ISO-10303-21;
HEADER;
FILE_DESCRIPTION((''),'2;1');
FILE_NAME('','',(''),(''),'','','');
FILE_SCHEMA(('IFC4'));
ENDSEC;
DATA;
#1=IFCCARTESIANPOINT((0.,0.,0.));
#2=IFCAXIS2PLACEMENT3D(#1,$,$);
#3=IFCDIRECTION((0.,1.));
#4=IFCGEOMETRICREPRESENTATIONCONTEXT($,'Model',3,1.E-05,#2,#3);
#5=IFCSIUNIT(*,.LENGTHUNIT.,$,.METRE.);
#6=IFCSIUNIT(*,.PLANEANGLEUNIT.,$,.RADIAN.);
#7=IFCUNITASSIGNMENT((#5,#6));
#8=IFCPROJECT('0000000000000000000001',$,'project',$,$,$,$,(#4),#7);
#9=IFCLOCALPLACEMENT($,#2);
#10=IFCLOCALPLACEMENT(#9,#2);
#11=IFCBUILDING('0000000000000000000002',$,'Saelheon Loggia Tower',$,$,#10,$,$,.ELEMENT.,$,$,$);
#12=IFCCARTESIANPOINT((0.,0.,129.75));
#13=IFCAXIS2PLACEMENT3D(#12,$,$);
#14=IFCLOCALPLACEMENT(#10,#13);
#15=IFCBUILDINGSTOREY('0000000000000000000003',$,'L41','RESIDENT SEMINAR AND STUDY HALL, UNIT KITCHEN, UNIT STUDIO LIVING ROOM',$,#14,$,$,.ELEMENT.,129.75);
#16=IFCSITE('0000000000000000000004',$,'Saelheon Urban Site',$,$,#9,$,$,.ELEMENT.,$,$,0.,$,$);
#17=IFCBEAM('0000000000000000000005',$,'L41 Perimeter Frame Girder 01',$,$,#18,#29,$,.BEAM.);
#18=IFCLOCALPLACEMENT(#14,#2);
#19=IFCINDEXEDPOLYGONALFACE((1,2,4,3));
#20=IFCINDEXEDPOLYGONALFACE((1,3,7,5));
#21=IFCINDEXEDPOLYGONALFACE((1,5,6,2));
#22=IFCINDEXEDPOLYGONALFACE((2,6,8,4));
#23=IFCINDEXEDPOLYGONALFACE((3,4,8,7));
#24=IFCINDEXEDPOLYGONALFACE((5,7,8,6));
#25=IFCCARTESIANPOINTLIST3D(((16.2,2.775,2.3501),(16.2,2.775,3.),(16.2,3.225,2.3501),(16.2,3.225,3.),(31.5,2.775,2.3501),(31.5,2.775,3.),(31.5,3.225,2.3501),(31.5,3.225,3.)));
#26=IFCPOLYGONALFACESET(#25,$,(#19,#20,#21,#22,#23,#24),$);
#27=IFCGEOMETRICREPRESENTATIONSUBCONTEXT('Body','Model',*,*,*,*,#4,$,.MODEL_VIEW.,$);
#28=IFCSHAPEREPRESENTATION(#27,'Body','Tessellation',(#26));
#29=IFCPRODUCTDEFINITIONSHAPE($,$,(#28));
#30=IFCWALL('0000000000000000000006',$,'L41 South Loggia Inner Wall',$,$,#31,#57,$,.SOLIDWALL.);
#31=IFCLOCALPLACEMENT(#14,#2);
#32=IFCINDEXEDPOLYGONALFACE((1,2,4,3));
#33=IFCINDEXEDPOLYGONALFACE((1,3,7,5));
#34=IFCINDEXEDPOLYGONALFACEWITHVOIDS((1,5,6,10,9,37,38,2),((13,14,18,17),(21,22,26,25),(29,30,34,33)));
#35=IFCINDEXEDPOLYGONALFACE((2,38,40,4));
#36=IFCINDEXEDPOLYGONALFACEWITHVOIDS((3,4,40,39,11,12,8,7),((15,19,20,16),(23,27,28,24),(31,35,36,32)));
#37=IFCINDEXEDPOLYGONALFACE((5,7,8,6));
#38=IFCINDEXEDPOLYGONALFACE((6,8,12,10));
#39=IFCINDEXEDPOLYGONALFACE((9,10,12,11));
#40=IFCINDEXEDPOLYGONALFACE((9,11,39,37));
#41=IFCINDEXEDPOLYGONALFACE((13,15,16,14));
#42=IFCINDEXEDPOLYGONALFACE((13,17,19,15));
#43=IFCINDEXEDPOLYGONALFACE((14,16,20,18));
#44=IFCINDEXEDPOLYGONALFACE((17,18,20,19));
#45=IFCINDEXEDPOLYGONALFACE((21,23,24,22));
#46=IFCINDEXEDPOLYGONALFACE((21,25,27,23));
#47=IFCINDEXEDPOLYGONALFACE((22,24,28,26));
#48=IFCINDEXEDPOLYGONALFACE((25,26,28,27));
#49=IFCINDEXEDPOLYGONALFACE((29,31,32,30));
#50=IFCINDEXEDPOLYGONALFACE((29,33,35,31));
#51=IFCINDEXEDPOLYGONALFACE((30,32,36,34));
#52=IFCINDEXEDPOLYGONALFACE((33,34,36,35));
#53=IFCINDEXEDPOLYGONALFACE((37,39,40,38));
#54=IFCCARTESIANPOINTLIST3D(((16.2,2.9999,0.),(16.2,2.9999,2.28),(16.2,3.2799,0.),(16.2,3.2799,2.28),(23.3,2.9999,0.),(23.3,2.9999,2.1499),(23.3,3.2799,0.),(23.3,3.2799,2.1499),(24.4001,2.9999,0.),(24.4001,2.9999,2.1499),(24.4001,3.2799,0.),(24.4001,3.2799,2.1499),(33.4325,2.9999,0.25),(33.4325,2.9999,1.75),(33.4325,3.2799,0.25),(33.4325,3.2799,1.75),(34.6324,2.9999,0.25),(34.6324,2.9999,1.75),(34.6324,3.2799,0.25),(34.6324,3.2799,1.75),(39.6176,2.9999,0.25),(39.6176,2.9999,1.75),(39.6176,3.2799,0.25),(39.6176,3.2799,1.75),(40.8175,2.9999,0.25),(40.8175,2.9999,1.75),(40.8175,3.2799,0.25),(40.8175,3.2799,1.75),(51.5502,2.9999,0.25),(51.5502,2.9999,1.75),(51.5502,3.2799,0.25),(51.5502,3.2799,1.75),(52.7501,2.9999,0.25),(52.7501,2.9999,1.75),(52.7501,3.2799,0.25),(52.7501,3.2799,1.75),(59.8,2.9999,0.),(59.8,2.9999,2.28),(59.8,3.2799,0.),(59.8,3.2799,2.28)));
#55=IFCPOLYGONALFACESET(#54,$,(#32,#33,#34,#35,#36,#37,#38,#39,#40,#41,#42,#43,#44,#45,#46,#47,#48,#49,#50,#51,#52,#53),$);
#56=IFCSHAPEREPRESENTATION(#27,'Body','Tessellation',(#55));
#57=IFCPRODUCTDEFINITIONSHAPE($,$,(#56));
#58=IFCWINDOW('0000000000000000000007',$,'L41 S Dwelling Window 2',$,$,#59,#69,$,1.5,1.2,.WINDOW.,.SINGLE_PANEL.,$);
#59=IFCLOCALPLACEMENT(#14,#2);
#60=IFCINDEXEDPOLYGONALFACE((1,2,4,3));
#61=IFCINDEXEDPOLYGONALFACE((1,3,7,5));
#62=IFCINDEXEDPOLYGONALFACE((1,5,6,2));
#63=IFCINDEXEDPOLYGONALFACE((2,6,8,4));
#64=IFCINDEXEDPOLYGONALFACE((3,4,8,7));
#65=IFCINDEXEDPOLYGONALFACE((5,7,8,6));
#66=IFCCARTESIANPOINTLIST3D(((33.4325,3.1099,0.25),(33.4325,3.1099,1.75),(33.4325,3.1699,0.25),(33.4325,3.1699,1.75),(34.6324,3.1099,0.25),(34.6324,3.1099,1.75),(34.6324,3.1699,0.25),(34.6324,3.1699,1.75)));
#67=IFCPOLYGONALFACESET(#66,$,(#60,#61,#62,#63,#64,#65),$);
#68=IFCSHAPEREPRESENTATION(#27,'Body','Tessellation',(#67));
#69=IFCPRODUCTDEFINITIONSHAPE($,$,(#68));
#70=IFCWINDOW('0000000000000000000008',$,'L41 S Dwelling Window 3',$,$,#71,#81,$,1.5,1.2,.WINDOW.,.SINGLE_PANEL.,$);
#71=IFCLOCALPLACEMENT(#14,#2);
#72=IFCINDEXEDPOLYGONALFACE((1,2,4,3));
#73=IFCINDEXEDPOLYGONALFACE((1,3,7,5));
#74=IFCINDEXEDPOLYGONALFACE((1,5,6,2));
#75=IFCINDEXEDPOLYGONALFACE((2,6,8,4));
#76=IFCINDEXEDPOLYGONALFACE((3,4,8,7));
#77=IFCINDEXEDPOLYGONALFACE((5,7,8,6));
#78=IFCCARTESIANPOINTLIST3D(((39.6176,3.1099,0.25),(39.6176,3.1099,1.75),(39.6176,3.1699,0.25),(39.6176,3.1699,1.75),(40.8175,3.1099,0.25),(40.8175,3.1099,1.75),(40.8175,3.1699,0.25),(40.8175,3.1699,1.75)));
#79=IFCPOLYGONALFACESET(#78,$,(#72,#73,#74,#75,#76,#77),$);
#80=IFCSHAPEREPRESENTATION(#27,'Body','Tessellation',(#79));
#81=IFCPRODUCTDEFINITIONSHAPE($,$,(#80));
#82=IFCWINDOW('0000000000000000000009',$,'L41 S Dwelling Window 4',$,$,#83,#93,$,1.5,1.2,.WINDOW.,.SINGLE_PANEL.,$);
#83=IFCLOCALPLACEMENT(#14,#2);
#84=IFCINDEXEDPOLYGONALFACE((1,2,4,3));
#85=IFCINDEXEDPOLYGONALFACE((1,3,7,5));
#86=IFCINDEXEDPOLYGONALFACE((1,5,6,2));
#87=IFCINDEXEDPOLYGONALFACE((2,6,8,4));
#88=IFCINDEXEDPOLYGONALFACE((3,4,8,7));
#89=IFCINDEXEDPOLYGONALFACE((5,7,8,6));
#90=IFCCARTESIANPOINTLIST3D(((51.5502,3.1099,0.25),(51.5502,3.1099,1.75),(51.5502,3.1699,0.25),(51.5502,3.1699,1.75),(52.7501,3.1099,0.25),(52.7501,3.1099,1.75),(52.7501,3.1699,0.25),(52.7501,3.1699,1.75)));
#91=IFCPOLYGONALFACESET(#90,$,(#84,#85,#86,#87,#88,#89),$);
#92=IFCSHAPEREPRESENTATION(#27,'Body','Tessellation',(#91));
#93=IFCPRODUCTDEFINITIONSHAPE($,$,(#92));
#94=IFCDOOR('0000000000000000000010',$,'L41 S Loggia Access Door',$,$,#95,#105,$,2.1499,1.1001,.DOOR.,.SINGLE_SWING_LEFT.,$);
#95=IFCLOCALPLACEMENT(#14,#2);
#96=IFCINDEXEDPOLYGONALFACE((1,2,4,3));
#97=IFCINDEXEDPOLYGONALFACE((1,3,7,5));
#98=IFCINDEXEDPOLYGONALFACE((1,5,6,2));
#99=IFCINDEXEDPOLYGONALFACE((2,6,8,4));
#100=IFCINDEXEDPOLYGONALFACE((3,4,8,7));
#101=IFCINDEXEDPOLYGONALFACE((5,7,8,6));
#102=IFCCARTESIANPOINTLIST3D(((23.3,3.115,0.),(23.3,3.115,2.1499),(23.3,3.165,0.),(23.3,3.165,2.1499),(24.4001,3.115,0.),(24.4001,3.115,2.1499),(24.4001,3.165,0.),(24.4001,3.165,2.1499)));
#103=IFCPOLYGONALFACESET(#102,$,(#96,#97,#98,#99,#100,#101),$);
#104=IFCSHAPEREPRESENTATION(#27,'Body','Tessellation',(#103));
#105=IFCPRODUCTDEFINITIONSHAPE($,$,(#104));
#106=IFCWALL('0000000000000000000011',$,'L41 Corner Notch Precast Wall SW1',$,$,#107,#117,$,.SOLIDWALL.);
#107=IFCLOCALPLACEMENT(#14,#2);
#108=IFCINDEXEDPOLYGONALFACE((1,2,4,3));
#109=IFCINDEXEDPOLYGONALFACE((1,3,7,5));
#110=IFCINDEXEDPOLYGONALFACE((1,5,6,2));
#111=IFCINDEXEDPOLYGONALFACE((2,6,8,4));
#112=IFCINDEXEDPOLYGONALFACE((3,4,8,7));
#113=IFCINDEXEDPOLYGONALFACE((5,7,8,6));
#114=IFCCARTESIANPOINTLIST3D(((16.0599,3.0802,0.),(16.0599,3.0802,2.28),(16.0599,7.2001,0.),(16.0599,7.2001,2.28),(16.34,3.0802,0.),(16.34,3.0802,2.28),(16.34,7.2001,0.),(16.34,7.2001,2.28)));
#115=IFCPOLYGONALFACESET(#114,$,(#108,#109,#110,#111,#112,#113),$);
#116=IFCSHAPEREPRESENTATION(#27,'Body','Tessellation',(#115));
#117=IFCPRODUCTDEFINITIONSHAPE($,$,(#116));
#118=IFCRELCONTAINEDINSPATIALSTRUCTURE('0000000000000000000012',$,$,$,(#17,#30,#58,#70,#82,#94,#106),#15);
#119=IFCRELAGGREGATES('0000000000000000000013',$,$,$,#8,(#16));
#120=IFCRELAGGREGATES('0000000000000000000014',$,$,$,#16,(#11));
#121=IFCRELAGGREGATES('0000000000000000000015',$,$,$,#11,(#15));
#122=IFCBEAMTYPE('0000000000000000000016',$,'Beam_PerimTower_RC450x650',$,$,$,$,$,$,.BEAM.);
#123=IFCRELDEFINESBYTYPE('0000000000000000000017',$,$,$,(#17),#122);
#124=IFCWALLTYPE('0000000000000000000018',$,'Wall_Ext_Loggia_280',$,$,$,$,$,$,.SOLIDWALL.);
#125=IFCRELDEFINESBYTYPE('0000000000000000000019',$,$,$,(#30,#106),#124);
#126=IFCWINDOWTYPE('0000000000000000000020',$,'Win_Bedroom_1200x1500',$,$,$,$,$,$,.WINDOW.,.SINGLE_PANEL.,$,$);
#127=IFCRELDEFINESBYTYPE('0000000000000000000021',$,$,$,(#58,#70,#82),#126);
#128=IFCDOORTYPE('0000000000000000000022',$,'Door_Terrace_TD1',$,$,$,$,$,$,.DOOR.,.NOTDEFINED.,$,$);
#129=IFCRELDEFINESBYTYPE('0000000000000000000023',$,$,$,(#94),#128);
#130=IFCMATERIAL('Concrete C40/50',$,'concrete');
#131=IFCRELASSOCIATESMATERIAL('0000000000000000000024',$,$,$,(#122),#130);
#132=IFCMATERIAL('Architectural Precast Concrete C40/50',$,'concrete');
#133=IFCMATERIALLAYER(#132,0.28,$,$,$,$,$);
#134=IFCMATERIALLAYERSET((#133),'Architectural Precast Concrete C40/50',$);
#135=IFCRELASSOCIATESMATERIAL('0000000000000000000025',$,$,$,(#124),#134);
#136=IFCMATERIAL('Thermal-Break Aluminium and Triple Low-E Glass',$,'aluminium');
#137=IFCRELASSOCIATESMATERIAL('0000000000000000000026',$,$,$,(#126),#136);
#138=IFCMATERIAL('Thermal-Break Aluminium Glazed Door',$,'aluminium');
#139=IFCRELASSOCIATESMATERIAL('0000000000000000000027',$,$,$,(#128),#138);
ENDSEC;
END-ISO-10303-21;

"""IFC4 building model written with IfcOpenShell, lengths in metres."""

from ifc_helpers import new_model, si_unit, direction, frame, frame_2d, origin, origin_2d, place, context, subcontext, project, spatial, rectangle, extrude, source, transform, mapped, material, layer, layer_set, material_profile, profile_set, type_object, element, fill, save


model = new_model("IFC4")

# Units and contexts
model_context = context("Model", 3, precision=1e-05, world=origin(), true_north=direction((0.0, 1.0)))
body_context = subcontext(model_context, "Body", "Model", "MODEL_VIEW")
ifc_project = project(units=[si_unit("LENGTHUNIT", "METRE"), si_unit("PLANEANGLEUNIT", "RADIAN")], contexts=[model_context])

# Site, building, storey
site_placement = place(None, origin())
site = spatial("IfcSite", under=ifc_project, at=site_placement, Name="Saelheon Urban Site", CompositionType="ELEMENT", RefElevation=0.0)
building_placement = place(site_placement, origin())
building = spatial("IfcBuilding", under=site, at=building_placement, Name="Saelheon Loggia Tower", CompositionType="ELEMENT")
storey_placement = place(building_placement, frame((0.0, 0.0, 129.75)))
storey = spatial("IfcBuildingStorey", under=building, at=storey_placement, Name="L41", Description="RESIDENT SEMINAR AND STUDY HALL, UNIT KITCHEN, UNIT STUDIO LIVING ROOM", CompositionType="ELEMENT", Elevation=129.75)

# Beam
ifc_material_1 = material(Name="Concrete C40/50", Category="concrete")
ifc_material_profile = material_profile(ifc_material_1, rectangle(XDim=0.45, YDim=0.6499, at=origin_2d()), Name="RC-450x650")
ifc_profile_set = profile_set([ifc_material_profile], Name="Concrete C40/50")
beam_type = type_object("IfcBeamType", Name="Beam_PerimTower_RC450x650", PredefinedType="BEAM", material=ifc_profile_set)
shared_shape_1 = source(origin(), body_context, "Body", "SweptSolid", [
    extrude(rectangle(XDim=0.45, YDim=0.6499, at=origin_2d()), origin(), (0.0, 0.0, 1.0), 15.3),
])
beam_placement = place(storey_placement, frame((16.2, 3.0, 2.675), z_axis=(1.0, 0.0, 0.0), x_axis=(0.0, 1.0, 0.0)))
element("IfcBeam", 1, at=beam_placement, inside=storey, type_object=beam_type, Name="L41 Perimeter Frame Girder 01", PredefinedType="BEAM", context=body_context, shape_type="MappedRepresentation", body=[
    mapped(shared_shape_1, transform((0.0, 0.0, 0.0), scale=1.0)),
])

# Wall, openings, windows, door
ifc_material_2 = material(Name="Architectural Precast Concrete C40/50", Category="concrete")
ifc_layer = layer(ifc_material_2, 0.28)
ifc_layer_set = layer_set([ifc_layer], Name="Architectural Precast Concrete C40/50")
wall_type = type_object("IfcWallType", Name="Wall_Ext_Loggia_280", PredefinedType="SOLIDWALL", material=ifc_layer_set)
wall_1_placement = place(storey_placement, frame((16.2, 3.1399, 0.0), z_axis=(0.0, 0.0, 1.0), x_axis=(1.0, 0.0, 0.0)))
wall_1 = element("IfcWall", 2, at=wall_1_placement, inside=storey, type_object=wall_type, Name="L41 South Loggia Inner Wall", PredefinedType="SOLIDWALL", context=body_context, shape_type="SweptSolid", body=[
    extrude(rectangle(XDim=43.6001, YDim=0.28, at=frame_2d((21.8, 0.0))), origin(), (0.0, 0.0, 1.0), 2.28),
])
opening_1_placement = place(wall_1_placement, frame((8.2002, 0.0, 0.0), z_axis=(0.0, 0.0, 1.0), x_axis=(-1.0, 0.0, 0.0)))
opening_1 = element("IfcOpeningElement", 3, at=opening_1_placement, cuts=wall_1, PredefinedType="OPENING", context=body_context, shape_type="SweptSolid", body=[
    extrude(rectangle(XDim=1.1001, YDim=2.1499, at=frame_2d((0.55, 1.075))), frame((0.0, 0.1521, 0.0), z_axis=(0.0, -1.0, 0.0), x_axis=(1.0, 0.0, 0.0)), (0.0, 0.0, 1.0), 0.304),
])
opening_2_placement = place(wall_1_placement, frame((17.2324, 0.0, 0.25)))
opening_2 = element("IfcOpeningElement", 4, at=opening_2_placement, cuts=wall_1, PredefinedType="OPENING", context=body_context, shape_type="SweptSolid", body=[
    extrude(rectangle(XDim=1.2, YDim=1.5, at=frame_2d((0.6001, 0.75))), frame((0.0, 0.1521, 0.0), z_axis=(0.0, -1.0, 0.0), x_axis=(1.0, 0.0, 0.0)), (0.0, 0.0, 1.0), 0.304),
])
opening_3_placement = place(wall_1_placement, frame((23.4175, 0.0, 0.25)))
opening_3 = element("IfcOpeningElement", 5, at=opening_3_placement, cuts=wall_1, PredefinedType="OPENING", context=body_context, shape_type="SweptSolid", body=[
    extrude(rectangle(XDim=1.2, YDim=1.5, at=frame_2d((0.6001, 0.75))), frame((0.0, 0.1521, 0.0), z_axis=(0.0, -1.0, 0.0), x_axis=(1.0, 0.0, 0.0)), (0.0, 0.0, 1.0), 0.304),
])
opening_4_placement = place(wall_1_placement, frame((35.3501, 0.0, 0.25)))
opening_4 = element("IfcOpeningElement", 6, at=opening_4_placement, cuts=wall_1, PredefinedType="OPENING", context=body_context, shape_type="SweptSolid", body=[
    extrude(rectangle(XDim=1.2, YDim=1.5, at=frame_2d((0.6001, 0.75))), frame((0.0, 0.1521, 0.0), z_axis=(0.0, -1.0, 0.0), x_axis=(1.0, 0.0, 0.0)), (0.0, 0.0, 1.0), 0.304),
])
ifc_material_3 = material(Name="Thermal-Break Aluminium and Triple Low-E Glass", Category="aluminium")
window_type = type_object("IfcWindowType", Name="Win_Bedroom_1200x1500", PartitioningType="SINGLE_PANEL", PredefinedType="WINDOW", material=ifc_material_3)
shared_shape_2 = source(origin(), body_context, "Body", "SweptSolid", [
    extrude(rectangle(XDim=1.2, YDim=1.5, at=frame_2d((0.6001, 0.75))), frame((0.0, 0.03, 0.0), z_axis=(0.0, -1.0, 0.0), x_axis=(1.0, 0.0, 0.0)), (0.0, 0.0, 1.0), 0.0601),
])
window_1_placement = place(opening_2_placement, origin())
window_1 = element("IfcWindow", 7, at=window_1_placement, inside=storey, type_object=window_type, Name="L41 S Dwelling Window 2", OverallHeight=1.5, OverallWidth=1.2, PartitioningType="SINGLE_PANEL", PredefinedType="WINDOW", context=body_context, shape_type="MappedRepresentation", body=[
    mapped(shared_shape_2, transform((0.0, 0.0, 0.0), scale=1.0)),
])
fill(opening_2, window_1)
window_2_placement = place(opening_3_placement, origin())
window_2 = element("IfcWindow", 8, at=window_2_placement, inside=storey, type_object=window_type, Name="L41 S Dwelling Window 3", OverallHeight=1.5, OverallWidth=1.2, PartitioningType="SINGLE_PANEL", PredefinedType="WINDOW", context=body_context, shape_type="MappedRepresentation", body=[
    mapped(shared_shape_2, transform((0.0, 0.0, 0.0), scale=1.0)),
])
fill(opening_3, window_2)
window_3_placement = place(opening_4_placement, origin())
window_3 = element("IfcWindow", 9, at=window_3_placement, inside=storey, type_object=window_type, Name="L41 S Dwelling Window 4", OverallHeight=1.5, OverallWidth=1.2, PartitioningType="SINGLE_PANEL", PredefinedType="WINDOW", context=body_context, shape_type="MappedRepresentation", body=[
    mapped(shared_shape_2, transform((0.0, 0.0, 0.0), scale=1.0)),
])
fill(opening_4, window_3)
ifc_material_4 = material(Name="Thermal-Break Aluminium Glazed Door", Category="aluminium")
door_type = type_object("IfcDoorType", Name="Door_Terrace_TD1", OperationType="NOTDEFINED", PredefinedType="DOOR", material=ifc_material_4)
shared_shape_3 = source(origin(), body_context, "Body", "SweptSolid", [
    extrude(rectangle(XDim=1.1001, YDim=2.1499, at=frame_2d((0.55, 1.075))), frame((0.0, 0.0249, 0.0), z_axis=(0.0, -1.0, 0.0), x_axis=(1.0, 0.0, 0.0)), (0.0, 0.0, 1.0), 0.05),
])
door_placement = place(opening_1_placement, origin())
door = element("IfcDoor", 10, at=door_placement, inside=storey, type_object=door_type, Name="L41 S Loggia Access Door", OperationType="SINGLE_SWING_LEFT", OverallHeight=2.1499, OverallWidth=1.1001, PredefinedType="DOOR", context=body_context, shape_type="MappedRepresentation", body=[
    mapped(shared_shape_3, transform((0.0, 0.0, 0.0), scale=1.0)),
])
fill(opening_1, door)

# Wall
wall_2_placement = place(storey_placement, frame((16.2, 3.0801, 0.0), z_axis=(0.0, 0.0, 1.0), x_axis=(0.0, 1.0, 0.0)))
element("IfcWall", 11, at=wall_2_placement, inside=storey, type_object=wall_type, Name="L41 Corner Notch Precast Wall SW1", PredefinedType="SOLIDWALL", context=body_context, shape_type="SweptSolid", body=[
    extrude(rectangle(XDim=4.1199, YDim=0.28, at=frame_2d((2.0601, 0.0))), origin(), (0.0, 0.0, 1.0), 2.28),
])

save(model, "model.ifc")
